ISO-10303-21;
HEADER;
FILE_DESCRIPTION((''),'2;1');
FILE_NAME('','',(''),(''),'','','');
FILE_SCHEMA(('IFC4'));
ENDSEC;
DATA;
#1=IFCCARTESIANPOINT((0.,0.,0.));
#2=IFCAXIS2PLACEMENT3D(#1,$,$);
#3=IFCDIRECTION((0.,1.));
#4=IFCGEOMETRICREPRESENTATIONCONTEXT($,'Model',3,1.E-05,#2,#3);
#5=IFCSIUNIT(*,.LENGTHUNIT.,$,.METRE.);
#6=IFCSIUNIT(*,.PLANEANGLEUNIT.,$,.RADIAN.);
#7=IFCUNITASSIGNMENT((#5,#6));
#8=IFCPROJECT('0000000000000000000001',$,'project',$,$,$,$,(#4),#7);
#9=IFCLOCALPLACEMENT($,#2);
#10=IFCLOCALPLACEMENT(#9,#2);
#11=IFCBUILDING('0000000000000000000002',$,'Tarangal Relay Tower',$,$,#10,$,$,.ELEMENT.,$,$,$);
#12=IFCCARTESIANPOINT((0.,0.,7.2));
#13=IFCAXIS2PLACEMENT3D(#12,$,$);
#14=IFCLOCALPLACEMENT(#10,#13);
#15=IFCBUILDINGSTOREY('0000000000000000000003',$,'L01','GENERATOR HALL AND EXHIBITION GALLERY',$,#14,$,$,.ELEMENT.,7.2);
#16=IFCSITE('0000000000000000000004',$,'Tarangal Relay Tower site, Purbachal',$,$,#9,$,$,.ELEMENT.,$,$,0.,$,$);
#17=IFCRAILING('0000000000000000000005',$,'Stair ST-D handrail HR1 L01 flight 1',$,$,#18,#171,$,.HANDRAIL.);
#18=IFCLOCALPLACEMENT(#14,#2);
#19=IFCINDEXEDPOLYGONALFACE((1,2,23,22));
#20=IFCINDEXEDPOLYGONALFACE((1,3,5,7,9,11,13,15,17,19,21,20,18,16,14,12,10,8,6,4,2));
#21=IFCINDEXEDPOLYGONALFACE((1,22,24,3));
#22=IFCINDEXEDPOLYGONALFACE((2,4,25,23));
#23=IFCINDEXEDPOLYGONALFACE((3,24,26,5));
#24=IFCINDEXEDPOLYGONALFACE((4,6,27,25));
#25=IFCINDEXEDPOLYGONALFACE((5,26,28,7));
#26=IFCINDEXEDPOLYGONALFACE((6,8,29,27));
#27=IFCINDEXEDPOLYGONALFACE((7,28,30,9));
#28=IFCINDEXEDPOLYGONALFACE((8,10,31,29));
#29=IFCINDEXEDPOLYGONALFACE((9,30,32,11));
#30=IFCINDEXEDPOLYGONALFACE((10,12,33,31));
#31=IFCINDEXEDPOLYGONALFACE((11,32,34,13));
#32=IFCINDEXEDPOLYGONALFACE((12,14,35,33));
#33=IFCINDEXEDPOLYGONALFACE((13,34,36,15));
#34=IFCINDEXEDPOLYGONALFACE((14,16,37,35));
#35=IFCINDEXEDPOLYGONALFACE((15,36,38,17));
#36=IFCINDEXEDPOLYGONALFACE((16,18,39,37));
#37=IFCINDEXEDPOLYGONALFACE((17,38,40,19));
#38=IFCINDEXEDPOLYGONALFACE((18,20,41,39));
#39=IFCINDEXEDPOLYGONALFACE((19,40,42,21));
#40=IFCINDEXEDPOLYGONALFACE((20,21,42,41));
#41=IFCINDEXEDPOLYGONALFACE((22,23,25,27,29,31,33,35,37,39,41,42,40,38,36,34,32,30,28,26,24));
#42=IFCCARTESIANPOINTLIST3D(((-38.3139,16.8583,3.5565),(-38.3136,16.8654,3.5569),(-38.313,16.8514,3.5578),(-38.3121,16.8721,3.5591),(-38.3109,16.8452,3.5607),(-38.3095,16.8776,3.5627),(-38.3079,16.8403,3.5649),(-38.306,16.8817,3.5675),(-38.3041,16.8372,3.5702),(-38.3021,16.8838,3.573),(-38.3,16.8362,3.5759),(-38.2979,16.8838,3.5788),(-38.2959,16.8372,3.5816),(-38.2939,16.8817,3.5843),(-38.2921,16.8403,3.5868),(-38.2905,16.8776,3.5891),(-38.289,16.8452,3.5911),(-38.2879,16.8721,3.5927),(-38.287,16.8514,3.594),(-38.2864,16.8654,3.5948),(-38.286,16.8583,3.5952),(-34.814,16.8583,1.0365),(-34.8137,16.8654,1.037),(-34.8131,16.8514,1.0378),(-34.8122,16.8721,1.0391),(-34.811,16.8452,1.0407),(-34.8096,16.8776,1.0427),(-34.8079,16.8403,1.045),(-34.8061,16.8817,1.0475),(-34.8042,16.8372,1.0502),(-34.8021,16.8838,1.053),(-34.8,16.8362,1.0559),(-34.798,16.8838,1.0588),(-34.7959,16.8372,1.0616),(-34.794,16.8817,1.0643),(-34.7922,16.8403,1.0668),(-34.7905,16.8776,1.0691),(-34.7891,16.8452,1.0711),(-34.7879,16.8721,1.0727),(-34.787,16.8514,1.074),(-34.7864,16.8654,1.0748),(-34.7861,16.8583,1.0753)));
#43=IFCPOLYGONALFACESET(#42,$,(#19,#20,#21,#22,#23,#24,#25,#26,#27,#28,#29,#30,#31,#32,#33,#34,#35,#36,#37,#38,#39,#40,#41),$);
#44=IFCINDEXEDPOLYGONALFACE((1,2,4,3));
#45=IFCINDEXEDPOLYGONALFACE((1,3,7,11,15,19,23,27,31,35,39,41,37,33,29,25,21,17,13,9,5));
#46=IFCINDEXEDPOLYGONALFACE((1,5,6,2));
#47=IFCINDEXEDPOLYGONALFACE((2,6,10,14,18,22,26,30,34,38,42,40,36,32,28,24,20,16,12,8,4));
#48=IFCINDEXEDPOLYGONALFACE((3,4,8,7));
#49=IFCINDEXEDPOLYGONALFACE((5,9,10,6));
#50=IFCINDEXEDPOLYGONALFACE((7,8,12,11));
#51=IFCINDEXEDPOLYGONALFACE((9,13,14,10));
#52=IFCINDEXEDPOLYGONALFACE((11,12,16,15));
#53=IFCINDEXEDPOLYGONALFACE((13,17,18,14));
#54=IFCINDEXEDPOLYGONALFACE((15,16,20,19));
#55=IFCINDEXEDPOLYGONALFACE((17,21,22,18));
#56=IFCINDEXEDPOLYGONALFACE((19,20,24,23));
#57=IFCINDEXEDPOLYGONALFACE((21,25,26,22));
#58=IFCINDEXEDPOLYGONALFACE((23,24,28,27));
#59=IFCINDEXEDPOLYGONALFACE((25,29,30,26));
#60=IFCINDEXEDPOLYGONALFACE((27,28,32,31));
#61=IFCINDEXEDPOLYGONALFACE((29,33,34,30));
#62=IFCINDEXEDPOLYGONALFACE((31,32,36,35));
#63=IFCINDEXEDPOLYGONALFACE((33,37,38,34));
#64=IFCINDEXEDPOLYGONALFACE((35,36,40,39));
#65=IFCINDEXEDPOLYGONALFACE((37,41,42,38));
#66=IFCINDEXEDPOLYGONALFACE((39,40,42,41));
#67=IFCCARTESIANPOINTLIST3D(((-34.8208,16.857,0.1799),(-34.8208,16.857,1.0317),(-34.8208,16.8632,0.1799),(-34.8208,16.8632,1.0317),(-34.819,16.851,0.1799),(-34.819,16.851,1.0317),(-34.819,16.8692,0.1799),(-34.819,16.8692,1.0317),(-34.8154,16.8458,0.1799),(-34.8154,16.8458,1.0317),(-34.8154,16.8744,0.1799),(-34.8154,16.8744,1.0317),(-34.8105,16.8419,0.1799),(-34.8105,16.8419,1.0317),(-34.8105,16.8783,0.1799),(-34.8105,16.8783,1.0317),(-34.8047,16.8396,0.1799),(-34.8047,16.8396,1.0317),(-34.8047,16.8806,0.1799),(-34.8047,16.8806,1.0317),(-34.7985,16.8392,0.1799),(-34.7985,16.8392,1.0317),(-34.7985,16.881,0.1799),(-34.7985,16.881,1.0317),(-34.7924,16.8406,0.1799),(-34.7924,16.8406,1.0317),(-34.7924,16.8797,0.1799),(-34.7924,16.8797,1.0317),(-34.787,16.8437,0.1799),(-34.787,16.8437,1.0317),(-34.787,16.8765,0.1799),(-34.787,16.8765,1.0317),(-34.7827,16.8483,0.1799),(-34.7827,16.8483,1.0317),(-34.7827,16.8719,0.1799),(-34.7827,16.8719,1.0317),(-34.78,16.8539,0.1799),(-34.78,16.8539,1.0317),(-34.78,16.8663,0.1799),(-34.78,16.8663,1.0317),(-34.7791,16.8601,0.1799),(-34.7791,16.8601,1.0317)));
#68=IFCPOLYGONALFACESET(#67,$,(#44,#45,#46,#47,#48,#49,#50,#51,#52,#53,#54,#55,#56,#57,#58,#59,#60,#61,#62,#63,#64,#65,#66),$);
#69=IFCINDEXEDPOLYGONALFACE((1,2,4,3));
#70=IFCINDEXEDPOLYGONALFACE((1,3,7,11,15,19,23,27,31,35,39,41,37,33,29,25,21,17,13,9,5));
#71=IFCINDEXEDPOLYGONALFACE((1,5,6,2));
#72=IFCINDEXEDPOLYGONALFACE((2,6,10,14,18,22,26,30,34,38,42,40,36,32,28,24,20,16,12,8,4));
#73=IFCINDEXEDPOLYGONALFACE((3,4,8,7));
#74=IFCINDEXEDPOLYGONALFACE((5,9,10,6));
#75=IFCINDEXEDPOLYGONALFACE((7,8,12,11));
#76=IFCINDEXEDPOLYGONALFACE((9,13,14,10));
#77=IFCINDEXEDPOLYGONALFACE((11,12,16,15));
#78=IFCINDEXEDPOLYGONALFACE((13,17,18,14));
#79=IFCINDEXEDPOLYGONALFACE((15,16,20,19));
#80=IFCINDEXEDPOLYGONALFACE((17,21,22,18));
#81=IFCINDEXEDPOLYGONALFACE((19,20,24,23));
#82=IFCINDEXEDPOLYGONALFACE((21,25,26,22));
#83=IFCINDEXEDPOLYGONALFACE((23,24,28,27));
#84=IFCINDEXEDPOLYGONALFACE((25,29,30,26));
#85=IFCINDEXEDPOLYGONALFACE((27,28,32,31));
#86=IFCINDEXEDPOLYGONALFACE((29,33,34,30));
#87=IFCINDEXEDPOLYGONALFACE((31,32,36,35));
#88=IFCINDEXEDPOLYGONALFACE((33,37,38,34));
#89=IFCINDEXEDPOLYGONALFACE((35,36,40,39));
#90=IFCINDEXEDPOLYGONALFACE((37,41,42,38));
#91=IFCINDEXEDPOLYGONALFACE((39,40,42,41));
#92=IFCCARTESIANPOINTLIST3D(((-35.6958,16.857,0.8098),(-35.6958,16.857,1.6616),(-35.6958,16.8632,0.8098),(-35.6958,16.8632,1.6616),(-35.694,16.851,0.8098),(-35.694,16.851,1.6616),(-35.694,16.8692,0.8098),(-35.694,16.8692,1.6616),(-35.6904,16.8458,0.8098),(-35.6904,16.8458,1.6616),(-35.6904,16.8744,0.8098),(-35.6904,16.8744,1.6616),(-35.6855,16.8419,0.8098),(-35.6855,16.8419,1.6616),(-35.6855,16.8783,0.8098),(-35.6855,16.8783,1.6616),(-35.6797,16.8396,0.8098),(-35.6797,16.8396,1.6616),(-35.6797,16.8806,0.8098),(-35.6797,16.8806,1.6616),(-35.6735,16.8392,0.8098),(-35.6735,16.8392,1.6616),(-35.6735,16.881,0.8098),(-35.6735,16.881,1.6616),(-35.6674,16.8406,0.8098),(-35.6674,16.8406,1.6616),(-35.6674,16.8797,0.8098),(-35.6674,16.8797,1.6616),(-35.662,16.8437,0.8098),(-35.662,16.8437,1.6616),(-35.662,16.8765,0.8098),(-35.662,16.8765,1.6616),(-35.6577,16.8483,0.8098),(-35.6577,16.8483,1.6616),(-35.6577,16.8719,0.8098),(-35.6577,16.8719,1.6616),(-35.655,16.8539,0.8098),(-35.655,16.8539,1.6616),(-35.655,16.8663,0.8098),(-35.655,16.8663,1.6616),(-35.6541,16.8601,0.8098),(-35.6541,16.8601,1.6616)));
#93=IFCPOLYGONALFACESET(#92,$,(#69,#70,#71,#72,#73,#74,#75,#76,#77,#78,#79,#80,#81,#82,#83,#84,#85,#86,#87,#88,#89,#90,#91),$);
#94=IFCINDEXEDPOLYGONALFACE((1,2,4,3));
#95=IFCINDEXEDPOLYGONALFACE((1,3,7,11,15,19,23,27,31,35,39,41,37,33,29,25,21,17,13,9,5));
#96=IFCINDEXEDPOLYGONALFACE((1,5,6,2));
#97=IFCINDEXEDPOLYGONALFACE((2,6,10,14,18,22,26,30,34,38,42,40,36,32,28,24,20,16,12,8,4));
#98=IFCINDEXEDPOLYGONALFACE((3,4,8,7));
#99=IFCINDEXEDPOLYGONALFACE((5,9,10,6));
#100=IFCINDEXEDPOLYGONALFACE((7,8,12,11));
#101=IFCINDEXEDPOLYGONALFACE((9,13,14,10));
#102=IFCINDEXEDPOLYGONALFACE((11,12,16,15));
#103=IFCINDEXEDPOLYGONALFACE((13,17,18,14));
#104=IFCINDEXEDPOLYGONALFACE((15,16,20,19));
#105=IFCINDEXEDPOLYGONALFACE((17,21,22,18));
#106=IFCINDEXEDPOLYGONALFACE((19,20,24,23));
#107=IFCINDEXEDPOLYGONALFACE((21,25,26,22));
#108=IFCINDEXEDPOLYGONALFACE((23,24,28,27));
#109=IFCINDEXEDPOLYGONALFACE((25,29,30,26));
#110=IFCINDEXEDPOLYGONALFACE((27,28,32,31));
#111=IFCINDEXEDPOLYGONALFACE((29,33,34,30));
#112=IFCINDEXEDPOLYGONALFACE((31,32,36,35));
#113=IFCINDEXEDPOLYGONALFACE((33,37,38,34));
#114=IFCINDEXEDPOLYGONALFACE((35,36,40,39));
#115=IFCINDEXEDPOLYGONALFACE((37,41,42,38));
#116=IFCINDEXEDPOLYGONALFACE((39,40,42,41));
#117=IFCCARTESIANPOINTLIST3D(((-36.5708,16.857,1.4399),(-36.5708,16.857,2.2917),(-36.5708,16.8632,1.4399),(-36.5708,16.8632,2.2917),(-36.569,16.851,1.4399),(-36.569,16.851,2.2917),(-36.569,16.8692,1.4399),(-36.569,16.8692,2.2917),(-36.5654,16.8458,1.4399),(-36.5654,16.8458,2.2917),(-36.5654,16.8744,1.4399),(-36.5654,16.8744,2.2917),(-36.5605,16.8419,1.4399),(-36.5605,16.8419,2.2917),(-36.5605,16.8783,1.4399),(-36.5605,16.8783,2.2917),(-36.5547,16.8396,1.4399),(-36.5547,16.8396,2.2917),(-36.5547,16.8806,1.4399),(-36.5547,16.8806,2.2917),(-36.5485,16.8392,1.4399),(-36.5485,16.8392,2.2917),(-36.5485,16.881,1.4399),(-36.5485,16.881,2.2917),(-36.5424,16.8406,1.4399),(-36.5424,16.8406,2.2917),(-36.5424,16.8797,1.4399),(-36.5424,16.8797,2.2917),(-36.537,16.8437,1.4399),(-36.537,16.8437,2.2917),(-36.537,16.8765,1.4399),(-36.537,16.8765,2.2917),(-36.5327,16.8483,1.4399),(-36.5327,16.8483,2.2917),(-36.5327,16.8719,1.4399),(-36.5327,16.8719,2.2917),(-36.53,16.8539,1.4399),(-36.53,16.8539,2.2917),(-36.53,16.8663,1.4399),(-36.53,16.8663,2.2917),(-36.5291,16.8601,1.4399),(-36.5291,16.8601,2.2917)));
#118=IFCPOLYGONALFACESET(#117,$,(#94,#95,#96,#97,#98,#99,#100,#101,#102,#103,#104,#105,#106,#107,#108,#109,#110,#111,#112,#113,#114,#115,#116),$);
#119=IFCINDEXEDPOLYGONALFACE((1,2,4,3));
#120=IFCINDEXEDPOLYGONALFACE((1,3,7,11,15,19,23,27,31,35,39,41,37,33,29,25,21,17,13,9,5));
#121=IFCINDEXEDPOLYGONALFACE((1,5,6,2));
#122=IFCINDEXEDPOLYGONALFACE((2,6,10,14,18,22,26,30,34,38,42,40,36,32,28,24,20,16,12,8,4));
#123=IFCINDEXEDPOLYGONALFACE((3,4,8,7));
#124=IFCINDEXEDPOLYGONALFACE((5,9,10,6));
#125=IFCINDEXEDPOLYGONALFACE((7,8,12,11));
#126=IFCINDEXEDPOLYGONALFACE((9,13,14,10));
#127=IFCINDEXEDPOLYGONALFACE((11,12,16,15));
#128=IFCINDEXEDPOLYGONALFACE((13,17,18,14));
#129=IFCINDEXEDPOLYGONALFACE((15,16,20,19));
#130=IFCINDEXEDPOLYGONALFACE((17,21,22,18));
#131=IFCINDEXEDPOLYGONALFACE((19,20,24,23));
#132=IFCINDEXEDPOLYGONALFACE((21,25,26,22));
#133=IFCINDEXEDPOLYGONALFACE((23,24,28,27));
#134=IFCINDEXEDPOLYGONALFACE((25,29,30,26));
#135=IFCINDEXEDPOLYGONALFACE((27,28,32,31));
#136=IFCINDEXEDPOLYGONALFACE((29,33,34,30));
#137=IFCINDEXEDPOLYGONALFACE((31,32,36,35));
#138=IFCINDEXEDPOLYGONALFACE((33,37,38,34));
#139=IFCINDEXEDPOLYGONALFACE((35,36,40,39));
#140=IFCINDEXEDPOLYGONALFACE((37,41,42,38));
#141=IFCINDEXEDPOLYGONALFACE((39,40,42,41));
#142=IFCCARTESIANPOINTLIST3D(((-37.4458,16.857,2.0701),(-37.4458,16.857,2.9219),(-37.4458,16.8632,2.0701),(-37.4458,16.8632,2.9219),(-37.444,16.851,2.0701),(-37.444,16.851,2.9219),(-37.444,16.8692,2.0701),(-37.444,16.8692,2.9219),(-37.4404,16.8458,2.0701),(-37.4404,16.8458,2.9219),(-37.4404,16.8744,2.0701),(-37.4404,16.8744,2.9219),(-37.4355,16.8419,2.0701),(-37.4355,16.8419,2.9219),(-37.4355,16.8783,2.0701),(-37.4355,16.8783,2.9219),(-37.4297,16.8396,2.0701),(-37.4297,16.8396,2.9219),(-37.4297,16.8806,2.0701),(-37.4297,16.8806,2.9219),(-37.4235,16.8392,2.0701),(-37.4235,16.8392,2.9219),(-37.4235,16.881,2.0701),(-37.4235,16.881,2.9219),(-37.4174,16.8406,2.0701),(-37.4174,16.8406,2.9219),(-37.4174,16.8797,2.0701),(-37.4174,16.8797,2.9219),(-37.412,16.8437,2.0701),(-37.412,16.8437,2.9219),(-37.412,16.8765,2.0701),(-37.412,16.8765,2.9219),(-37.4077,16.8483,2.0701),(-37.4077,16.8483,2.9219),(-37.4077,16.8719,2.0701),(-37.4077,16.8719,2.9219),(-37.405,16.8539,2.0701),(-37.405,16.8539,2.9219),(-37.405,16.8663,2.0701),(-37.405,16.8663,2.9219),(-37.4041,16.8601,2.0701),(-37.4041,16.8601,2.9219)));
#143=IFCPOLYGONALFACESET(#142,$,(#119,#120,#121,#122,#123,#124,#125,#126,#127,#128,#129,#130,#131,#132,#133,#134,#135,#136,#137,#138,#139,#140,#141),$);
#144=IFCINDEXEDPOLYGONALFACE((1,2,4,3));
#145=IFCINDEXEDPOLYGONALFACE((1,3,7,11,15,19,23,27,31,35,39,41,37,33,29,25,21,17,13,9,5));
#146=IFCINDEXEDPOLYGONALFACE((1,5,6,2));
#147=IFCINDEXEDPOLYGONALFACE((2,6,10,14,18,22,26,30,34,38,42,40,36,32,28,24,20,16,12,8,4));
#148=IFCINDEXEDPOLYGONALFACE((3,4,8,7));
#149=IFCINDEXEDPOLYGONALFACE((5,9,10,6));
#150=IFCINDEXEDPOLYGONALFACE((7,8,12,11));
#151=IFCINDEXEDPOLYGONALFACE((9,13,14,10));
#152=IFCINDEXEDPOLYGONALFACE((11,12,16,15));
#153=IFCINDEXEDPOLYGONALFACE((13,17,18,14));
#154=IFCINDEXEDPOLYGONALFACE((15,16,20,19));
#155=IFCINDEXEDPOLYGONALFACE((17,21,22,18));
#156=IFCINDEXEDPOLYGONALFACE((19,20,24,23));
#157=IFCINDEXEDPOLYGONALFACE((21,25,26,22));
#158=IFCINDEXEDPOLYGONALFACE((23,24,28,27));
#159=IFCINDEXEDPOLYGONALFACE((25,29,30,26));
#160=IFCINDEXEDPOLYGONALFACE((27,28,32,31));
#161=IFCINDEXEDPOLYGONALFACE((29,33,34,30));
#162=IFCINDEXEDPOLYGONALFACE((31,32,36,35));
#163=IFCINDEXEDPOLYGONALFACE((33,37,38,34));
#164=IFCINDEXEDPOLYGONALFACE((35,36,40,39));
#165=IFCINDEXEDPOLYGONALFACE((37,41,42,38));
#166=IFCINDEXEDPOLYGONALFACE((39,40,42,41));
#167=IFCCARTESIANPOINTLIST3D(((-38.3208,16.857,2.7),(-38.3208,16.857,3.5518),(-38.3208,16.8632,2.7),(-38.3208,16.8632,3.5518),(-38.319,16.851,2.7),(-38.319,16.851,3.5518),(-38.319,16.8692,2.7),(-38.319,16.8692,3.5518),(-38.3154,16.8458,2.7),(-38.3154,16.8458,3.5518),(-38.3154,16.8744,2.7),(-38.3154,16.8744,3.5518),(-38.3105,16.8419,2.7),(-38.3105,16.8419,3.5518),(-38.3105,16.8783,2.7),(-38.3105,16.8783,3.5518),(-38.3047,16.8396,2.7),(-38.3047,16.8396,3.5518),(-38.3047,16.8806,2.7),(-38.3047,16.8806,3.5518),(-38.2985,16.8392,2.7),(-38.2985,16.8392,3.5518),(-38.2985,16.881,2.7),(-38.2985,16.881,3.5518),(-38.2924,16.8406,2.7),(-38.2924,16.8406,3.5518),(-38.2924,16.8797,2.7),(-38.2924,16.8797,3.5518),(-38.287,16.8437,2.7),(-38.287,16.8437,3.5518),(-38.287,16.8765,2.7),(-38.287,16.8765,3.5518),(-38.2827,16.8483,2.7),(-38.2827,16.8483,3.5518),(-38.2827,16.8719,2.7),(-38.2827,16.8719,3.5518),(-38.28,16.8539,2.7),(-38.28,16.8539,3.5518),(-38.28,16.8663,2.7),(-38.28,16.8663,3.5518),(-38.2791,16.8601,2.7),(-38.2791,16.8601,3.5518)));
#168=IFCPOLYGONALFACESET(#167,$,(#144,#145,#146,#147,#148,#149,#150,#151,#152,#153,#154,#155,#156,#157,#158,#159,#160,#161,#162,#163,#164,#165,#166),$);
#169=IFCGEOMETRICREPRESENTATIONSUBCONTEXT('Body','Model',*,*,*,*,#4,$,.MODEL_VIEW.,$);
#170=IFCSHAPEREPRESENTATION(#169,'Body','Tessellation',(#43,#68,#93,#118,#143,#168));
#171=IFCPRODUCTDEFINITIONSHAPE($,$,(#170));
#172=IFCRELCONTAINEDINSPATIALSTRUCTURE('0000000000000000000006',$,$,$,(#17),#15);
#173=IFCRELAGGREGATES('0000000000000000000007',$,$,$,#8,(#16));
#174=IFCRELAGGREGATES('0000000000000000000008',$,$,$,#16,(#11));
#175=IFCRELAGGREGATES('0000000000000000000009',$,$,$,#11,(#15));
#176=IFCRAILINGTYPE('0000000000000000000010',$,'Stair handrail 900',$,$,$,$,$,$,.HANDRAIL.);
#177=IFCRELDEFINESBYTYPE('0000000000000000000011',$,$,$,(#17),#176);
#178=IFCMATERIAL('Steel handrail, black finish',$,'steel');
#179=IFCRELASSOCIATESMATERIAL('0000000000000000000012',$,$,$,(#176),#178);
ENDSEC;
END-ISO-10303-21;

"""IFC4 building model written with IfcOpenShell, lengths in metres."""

from ifc_helpers import new_model, si_unit, direction, frame, origin, origin_2d, place, context, subcontext, project, spatial, circle, extrude, material, type_object, element, save


model = new_model("IFC4")

# Units and contexts
model_context = context("Model", 3, precision=1e-05, world=origin(), true_north=direction((0.0, 1.0)))
body_context = subcontext(model_context, "Body", "Model", "MODEL_VIEW")
ifc_project = project(units=[si_unit("LENGTHUNIT", "METRE"), si_unit("PLANEANGLEUNIT", "RADIAN")], contexts=[model_context])

# Site, building, storey
site_placement = place(None, origin())
site = spatial("IfcSite", under=ifc_project, at=site_placement, Name="Tarangal Relay Tower site, Purbachal", CompositionType="ELEMENT", RefElevation=0.0)
building_placement = place(site_placement, origin())
building = spatial("IfcBuilding", under=site, at=building_placement, Name="Tarangal Relay Tower", CompositionType="ELEMENT")
storey_placement = place(building_placement, frame((0.0, 0.0, 7.2)))
storey = spatial("IfcBuildingStorey", under=building, at=storey_placement, Name="L01", Description="GENERATOR HALL AND EXHIBITION GALLERY", CompositionType="ELEMENT", Elevation=7.2)

# Railing
ifc_material_1 = material(Name="Steel handrail, black finish", Category="steel")
railing_type = type_object("IfcRailingType", Name="Stair handrail 900", PredefinedType="HANDRAIL", material=ifc_material_1)
railing_placement = place(storey_placement, frame((-34.8, 16.8601, 0.1799)))
element("IfcRailing", 1, at=railing_placement, inside=storey, type_object=railing_type, Name="Stair ST-D handrail HR1 L01 flight 1", PredefinedType="HANDRAIL", context=body_context, shape_type="SweptSolid", body=[
    extrude(circle(Radius=0.0239, at=origin_2d()), frame((0.0, 0.0, 0.876), z_axis=(-0.811532, 0.0, 0.584308), x_axis=(0.0, -1.0, 0.0)), (0.0, 0.0, 1.0), 4.3127),
    extrude(circle(Radius=0.021, at=origin_2d()), origin(), (0.0, 0.0, 1.0), 0.8518),
    extrude(circle(Radius=0.021, at=origin_2d()), frame((-0.875, 0.0, 0.6299)), (0.0, 0.0, 1.0), 0.8518),
    extrude(circle(Radius=0.021, at=origin_2d()), frame((-1.75, 0.0, 1.26)), (0.0, 0.0, 1.0), 0.8518),
    extrude(circle(Radius=0.021, at=origin_2d()), frame((-2.625, 0.0, 1.8901)), (0.0, 0.0, 1.0), 0.8518),
    extrude(circle(Radius=0.021, at=origin_2d()), frame((-3.5, 0.0, 2.52)), (0.0, 0.0, 1.0), 0.8518),
])

save(model, "model.ifc")
